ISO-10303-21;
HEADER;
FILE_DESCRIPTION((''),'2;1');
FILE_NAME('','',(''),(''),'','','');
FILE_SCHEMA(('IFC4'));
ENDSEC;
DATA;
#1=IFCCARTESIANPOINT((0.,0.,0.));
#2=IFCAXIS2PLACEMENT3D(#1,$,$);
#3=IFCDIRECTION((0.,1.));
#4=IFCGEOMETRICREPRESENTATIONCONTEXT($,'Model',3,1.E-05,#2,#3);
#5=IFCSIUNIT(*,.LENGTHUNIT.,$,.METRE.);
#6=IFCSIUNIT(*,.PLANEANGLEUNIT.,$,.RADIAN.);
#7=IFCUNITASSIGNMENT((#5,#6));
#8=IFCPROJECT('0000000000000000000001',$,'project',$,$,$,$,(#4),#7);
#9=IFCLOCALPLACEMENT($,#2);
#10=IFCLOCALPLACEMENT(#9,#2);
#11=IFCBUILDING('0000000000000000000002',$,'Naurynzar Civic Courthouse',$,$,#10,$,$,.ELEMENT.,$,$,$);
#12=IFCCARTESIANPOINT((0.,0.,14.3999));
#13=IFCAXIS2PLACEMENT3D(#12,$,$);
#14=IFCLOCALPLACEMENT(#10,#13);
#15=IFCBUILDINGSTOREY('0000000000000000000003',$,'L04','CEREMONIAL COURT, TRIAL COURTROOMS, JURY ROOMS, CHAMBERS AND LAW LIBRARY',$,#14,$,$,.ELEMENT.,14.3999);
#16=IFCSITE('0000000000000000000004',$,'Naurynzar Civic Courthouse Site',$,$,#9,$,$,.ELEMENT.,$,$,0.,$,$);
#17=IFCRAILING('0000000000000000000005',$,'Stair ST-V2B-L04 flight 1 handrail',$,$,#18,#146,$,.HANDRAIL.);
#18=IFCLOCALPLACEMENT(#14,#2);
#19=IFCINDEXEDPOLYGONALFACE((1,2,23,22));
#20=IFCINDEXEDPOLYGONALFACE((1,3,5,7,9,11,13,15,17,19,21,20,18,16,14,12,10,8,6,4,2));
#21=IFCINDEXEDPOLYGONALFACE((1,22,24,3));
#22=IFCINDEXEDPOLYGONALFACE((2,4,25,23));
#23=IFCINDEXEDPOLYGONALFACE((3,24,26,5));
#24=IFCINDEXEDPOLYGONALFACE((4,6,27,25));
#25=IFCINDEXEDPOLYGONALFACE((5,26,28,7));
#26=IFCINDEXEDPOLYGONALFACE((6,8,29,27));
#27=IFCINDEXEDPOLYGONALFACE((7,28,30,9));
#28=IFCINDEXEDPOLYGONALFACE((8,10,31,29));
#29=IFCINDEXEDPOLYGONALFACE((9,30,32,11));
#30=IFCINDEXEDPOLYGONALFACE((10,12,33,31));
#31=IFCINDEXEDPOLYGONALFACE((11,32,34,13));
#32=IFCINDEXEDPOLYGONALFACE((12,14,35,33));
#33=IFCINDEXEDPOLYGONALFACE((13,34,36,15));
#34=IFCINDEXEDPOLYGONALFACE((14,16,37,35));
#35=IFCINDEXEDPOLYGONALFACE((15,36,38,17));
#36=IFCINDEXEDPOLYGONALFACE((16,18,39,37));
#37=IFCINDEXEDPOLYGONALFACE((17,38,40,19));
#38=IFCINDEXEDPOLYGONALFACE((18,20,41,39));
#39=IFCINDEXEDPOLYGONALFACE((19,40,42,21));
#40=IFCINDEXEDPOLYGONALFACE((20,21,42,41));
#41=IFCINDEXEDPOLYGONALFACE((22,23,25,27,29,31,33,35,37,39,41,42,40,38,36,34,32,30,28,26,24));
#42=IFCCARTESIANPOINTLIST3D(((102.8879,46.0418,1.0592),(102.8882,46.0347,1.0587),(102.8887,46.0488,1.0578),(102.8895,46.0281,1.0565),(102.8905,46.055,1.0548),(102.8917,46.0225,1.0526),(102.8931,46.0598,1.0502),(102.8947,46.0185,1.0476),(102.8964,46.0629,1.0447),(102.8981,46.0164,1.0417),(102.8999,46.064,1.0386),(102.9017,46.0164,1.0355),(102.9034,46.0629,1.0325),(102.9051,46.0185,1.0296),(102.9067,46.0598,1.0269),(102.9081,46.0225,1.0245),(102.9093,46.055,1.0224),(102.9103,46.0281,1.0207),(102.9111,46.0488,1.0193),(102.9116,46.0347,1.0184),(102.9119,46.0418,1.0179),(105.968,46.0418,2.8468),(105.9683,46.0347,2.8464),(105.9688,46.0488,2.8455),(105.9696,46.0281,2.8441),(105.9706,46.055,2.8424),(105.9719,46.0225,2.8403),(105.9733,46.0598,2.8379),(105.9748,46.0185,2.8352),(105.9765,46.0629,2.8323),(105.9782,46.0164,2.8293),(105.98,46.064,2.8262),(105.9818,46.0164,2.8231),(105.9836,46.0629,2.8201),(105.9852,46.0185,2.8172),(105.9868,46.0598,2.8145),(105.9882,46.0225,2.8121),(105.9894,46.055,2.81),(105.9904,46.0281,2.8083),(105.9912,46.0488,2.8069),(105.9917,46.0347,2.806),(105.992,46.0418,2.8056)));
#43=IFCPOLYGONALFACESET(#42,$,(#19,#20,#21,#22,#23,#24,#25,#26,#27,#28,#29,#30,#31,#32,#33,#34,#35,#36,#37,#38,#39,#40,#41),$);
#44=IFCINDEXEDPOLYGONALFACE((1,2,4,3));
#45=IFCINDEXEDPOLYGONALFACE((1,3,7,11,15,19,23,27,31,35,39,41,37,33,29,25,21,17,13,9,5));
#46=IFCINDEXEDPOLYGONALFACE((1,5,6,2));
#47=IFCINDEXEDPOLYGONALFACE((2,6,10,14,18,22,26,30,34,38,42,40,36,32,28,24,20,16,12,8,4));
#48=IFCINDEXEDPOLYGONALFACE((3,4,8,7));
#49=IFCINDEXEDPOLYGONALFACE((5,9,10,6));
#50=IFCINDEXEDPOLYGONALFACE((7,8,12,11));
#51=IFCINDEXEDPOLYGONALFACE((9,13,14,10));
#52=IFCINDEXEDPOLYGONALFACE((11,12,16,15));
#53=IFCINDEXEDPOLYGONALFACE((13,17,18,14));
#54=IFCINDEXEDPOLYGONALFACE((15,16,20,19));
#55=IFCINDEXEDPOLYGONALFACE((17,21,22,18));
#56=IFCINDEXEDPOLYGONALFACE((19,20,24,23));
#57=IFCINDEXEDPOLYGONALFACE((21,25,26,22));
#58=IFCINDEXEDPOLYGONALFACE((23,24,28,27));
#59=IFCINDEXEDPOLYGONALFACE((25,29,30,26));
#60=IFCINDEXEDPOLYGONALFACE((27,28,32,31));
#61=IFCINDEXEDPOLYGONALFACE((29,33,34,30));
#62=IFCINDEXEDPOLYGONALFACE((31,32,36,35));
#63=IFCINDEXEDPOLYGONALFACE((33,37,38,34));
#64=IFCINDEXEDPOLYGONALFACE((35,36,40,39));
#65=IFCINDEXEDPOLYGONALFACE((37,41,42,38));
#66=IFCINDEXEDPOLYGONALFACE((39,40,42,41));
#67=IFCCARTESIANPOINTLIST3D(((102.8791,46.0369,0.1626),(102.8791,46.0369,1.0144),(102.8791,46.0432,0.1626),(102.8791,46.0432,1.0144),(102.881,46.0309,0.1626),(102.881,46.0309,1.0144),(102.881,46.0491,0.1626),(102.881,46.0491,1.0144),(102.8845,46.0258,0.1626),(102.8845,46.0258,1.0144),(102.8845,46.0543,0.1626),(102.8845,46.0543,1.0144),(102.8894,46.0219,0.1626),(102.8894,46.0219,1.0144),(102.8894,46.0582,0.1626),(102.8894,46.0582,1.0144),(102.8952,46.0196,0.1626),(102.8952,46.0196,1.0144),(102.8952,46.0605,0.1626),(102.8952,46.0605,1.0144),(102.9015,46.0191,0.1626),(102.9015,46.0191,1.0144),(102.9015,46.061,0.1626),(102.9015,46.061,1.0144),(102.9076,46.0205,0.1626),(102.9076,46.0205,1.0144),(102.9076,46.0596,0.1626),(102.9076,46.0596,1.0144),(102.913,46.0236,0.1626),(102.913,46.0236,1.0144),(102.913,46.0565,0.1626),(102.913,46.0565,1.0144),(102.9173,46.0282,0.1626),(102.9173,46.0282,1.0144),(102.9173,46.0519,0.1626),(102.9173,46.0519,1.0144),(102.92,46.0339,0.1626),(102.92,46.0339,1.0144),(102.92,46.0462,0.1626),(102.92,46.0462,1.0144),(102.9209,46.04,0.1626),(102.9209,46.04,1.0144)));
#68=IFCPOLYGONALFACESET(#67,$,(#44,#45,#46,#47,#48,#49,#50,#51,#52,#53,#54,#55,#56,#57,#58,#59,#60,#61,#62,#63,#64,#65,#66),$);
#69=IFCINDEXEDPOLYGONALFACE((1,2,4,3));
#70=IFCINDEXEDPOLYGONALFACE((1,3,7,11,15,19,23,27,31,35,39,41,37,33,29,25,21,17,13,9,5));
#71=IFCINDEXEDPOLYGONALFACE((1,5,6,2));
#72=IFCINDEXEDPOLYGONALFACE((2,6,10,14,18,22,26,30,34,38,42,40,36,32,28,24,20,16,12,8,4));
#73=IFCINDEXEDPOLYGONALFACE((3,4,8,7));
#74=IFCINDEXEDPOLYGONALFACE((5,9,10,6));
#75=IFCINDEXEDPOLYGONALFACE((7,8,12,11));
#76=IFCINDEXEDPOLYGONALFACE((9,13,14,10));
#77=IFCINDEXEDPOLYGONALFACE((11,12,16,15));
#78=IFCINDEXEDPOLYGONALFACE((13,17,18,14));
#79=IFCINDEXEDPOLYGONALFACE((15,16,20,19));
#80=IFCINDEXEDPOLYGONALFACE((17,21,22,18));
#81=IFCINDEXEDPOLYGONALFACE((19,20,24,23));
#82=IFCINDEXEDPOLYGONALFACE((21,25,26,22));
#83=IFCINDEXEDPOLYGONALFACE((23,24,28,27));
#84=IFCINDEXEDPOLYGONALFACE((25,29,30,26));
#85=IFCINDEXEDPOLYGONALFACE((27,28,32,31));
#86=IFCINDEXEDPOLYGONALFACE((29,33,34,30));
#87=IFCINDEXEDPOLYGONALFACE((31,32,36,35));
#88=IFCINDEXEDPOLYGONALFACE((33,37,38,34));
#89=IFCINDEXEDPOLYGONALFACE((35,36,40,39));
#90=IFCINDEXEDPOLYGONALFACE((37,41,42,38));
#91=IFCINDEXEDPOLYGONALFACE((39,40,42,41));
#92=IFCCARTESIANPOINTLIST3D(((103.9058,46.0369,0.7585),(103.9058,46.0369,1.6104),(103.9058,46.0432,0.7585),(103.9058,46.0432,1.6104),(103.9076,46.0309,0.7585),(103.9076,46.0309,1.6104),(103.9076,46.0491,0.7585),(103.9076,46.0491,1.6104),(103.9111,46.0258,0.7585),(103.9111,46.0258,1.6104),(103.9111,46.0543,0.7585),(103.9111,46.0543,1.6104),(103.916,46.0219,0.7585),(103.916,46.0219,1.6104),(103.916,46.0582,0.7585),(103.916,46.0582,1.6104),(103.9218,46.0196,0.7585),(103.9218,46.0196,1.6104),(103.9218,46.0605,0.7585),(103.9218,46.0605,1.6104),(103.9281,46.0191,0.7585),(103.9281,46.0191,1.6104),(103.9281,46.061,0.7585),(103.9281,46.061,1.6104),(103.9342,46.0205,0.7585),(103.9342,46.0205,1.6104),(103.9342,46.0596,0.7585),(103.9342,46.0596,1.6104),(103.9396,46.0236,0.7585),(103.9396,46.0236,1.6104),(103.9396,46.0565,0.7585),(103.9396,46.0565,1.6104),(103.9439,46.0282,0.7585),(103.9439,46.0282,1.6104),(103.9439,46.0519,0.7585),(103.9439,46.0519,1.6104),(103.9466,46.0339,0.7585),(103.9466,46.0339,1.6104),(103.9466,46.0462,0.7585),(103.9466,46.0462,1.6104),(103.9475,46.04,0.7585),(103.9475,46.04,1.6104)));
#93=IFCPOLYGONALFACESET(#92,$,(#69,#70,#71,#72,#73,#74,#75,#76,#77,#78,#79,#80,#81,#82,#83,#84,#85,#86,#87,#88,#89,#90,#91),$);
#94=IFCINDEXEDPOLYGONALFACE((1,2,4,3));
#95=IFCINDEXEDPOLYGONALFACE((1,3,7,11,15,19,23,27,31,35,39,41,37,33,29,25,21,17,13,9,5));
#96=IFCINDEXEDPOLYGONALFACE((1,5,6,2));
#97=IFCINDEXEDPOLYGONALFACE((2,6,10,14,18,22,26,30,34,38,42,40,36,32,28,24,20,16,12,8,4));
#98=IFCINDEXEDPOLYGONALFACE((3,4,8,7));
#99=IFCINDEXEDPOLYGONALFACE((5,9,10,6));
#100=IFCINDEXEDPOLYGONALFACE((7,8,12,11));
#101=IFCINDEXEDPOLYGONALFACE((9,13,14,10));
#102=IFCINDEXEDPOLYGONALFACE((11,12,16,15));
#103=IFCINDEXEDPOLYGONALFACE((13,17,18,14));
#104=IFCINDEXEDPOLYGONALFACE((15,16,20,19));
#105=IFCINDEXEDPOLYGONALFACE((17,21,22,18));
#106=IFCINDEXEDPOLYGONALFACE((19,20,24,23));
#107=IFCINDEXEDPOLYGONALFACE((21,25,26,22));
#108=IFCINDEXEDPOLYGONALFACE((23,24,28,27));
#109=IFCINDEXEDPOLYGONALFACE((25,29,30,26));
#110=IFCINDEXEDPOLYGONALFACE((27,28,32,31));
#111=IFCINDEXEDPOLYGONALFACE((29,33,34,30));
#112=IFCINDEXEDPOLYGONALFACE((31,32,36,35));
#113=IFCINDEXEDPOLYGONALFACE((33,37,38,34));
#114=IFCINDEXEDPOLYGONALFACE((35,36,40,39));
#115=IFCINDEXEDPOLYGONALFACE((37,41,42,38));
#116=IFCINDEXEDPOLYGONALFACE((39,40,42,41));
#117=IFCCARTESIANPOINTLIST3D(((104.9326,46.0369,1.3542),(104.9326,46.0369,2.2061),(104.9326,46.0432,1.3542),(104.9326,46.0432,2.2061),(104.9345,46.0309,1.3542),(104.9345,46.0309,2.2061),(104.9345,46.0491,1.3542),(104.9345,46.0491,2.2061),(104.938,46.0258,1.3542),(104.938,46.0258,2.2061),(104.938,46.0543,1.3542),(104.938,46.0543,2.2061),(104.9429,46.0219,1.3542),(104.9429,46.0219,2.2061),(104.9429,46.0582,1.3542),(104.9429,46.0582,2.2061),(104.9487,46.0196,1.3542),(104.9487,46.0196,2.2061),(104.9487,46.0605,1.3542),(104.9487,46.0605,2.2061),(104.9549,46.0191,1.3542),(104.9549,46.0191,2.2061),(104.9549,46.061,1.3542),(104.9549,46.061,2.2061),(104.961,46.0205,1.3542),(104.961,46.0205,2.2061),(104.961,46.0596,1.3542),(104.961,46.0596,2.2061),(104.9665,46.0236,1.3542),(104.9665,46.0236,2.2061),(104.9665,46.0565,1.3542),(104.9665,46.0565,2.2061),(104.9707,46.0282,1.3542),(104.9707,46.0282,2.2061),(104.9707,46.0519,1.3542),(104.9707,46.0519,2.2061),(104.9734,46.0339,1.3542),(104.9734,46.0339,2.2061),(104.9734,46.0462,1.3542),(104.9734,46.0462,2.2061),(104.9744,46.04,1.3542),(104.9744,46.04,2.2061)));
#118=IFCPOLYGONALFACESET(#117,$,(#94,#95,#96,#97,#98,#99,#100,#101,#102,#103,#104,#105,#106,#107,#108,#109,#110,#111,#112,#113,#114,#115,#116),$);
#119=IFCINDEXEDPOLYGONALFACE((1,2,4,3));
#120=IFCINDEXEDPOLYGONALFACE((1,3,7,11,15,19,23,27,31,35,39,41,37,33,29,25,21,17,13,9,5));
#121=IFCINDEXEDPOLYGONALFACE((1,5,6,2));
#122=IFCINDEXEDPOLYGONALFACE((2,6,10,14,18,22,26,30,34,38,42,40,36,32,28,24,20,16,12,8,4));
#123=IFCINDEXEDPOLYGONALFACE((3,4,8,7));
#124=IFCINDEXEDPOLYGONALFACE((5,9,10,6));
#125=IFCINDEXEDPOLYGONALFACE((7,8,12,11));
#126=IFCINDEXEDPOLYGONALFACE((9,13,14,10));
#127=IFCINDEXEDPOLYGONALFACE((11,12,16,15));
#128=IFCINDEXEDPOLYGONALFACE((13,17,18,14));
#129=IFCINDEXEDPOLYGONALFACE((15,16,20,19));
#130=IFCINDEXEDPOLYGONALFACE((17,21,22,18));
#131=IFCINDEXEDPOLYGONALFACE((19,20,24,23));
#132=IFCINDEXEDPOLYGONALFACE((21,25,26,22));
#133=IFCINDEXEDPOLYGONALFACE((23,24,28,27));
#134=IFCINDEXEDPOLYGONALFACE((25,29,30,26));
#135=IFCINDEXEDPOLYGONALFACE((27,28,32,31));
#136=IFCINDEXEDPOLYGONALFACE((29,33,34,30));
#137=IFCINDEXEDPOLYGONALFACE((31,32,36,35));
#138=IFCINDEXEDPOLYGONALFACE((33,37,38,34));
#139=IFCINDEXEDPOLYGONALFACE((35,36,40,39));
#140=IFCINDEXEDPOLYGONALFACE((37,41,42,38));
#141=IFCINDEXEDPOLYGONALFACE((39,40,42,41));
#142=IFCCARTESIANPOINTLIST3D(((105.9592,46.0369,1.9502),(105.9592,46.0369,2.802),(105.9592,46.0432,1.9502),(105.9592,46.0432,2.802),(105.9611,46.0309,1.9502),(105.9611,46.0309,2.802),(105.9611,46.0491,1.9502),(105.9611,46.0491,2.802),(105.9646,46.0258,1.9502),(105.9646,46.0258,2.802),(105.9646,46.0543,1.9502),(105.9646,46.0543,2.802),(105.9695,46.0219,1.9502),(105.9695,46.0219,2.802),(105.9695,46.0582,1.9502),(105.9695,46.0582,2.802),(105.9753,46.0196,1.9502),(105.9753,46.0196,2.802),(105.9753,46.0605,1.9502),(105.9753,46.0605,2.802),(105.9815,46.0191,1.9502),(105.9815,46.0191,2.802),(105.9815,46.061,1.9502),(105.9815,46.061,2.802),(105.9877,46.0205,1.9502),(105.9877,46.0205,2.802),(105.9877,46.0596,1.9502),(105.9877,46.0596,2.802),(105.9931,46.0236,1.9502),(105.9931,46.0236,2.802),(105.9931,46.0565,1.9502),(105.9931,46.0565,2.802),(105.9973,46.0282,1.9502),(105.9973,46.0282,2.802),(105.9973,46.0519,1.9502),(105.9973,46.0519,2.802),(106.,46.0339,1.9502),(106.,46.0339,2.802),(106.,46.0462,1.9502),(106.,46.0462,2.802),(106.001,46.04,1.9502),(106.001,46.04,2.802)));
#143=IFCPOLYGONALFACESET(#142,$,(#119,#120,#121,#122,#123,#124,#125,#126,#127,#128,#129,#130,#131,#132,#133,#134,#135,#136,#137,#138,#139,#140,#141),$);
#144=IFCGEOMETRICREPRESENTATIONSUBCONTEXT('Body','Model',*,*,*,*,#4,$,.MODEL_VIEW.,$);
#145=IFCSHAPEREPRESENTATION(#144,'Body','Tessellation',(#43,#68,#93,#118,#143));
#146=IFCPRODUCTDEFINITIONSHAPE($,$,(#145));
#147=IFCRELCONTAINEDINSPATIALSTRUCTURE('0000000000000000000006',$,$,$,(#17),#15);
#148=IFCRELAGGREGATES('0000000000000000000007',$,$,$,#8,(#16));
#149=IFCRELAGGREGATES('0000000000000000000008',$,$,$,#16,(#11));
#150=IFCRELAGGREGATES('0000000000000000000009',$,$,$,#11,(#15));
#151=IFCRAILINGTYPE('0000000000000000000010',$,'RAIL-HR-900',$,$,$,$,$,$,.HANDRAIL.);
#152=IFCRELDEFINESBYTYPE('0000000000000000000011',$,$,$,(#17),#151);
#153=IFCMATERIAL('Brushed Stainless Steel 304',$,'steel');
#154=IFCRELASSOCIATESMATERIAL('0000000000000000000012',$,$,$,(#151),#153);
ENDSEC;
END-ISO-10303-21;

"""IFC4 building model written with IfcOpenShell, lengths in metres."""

from ifc_helpers import new_model, si_unit, direction, frame, origin, origin_2d, place, context, subcontext, project, spatial, circle, extrude, material, type_object, element, save


model = new_model("IFC4")

# Units and contexts
model_context = context("Model", 3, precision=1e-05, world=origin(), true_north=direction((0.0, 1.0)))
body_context = subcontext(model_context, "Body", "Model", "MODEL_VIEW")
ifc_project = project(units=[si_unit("LENGTHUNIT", "METRE"), si_unit("PLANEANGLEUNIT", "RADIAN")], contexts=[model_context])

# Site, building, storey
site_placement = place(None, origin())
site = spatial("IfcSite", under=ifc_project, at=site_placement, Name="Naurynzar Civic Courthouse Site", CompositionType="ELEMENT", RefElevation=0.0)
building_placement = place(site_placement, origin())
building = spatial("IfcBuilding", under=site, at=building_placement, Name="Naurynzar Civic Courthouse", CompositionType="ELEMENT")
storey_placement = place(building_placement, frame((0.0, 0.0, 14.3999)))
storey = spatial("IfcBuildingStorey", under=building, at=storey_placement, Name="L04", Description="CEREMONIAL COURT, TRIAL COURTROOMS, JURY ROOMS, CHAMBERS AND LAW LIBRARY", CompositionType="ELEMENT", Elevation=14.3999)

# Railing
ifc_material_1 = material(Name="Brushed Stainless Steel 304", Category="steel")
railing_type_1 = type_object("IfcRailingType", Name="RAIL-HR-900", PredefinedType="HANDRAIL", material=ifc_material_1)
railing_1_placement = place(storey_placement, frame((102.8999, 46.04, 0.1626)))
element("IfcRailing", 1, at=railing_1_placement, inside=storey, type_object=railing_type_1, Name="Stair ST-V2B-L04 flight 1 handrail", PredefinedType="HANDRAIL", context=body_context, shape_type="SweptSolid", body=[
    extrude(circle(Radius=0.0239, at=origin_2d()), frame((0.0, 0.0, 0.876), z_axis=(0.864891, 0.0, 0.50196), x_axis=(0.0, 1.0, 0.0)), (0.0, 0.0, 1.0), 3.5613),
    extrude(circle(Radius=0.021, at=origin_2d()), origin(), (0.0, 0.0, 1.0), 0.8518),
    extrude(circle(Radius=0.021, at=origin_2d()), frame((1.0266, 0.0, 0.5959)), (0.0, 0.0, 1.0), 0.8518),
    extrude(circle(Radius=0.021, at=origin_2d()), frame((2.0535, 0.0, 1.1917)), (0.0, 0.0, 1.0), 0.8518),
    extrude(circle(Radius=0.021, at=origin_2d()), frame((3.0801, 0.0, 1.7876)), (0.0, 0.0, 1.0), 0.8518),
])

save(model, "model.ifc")
